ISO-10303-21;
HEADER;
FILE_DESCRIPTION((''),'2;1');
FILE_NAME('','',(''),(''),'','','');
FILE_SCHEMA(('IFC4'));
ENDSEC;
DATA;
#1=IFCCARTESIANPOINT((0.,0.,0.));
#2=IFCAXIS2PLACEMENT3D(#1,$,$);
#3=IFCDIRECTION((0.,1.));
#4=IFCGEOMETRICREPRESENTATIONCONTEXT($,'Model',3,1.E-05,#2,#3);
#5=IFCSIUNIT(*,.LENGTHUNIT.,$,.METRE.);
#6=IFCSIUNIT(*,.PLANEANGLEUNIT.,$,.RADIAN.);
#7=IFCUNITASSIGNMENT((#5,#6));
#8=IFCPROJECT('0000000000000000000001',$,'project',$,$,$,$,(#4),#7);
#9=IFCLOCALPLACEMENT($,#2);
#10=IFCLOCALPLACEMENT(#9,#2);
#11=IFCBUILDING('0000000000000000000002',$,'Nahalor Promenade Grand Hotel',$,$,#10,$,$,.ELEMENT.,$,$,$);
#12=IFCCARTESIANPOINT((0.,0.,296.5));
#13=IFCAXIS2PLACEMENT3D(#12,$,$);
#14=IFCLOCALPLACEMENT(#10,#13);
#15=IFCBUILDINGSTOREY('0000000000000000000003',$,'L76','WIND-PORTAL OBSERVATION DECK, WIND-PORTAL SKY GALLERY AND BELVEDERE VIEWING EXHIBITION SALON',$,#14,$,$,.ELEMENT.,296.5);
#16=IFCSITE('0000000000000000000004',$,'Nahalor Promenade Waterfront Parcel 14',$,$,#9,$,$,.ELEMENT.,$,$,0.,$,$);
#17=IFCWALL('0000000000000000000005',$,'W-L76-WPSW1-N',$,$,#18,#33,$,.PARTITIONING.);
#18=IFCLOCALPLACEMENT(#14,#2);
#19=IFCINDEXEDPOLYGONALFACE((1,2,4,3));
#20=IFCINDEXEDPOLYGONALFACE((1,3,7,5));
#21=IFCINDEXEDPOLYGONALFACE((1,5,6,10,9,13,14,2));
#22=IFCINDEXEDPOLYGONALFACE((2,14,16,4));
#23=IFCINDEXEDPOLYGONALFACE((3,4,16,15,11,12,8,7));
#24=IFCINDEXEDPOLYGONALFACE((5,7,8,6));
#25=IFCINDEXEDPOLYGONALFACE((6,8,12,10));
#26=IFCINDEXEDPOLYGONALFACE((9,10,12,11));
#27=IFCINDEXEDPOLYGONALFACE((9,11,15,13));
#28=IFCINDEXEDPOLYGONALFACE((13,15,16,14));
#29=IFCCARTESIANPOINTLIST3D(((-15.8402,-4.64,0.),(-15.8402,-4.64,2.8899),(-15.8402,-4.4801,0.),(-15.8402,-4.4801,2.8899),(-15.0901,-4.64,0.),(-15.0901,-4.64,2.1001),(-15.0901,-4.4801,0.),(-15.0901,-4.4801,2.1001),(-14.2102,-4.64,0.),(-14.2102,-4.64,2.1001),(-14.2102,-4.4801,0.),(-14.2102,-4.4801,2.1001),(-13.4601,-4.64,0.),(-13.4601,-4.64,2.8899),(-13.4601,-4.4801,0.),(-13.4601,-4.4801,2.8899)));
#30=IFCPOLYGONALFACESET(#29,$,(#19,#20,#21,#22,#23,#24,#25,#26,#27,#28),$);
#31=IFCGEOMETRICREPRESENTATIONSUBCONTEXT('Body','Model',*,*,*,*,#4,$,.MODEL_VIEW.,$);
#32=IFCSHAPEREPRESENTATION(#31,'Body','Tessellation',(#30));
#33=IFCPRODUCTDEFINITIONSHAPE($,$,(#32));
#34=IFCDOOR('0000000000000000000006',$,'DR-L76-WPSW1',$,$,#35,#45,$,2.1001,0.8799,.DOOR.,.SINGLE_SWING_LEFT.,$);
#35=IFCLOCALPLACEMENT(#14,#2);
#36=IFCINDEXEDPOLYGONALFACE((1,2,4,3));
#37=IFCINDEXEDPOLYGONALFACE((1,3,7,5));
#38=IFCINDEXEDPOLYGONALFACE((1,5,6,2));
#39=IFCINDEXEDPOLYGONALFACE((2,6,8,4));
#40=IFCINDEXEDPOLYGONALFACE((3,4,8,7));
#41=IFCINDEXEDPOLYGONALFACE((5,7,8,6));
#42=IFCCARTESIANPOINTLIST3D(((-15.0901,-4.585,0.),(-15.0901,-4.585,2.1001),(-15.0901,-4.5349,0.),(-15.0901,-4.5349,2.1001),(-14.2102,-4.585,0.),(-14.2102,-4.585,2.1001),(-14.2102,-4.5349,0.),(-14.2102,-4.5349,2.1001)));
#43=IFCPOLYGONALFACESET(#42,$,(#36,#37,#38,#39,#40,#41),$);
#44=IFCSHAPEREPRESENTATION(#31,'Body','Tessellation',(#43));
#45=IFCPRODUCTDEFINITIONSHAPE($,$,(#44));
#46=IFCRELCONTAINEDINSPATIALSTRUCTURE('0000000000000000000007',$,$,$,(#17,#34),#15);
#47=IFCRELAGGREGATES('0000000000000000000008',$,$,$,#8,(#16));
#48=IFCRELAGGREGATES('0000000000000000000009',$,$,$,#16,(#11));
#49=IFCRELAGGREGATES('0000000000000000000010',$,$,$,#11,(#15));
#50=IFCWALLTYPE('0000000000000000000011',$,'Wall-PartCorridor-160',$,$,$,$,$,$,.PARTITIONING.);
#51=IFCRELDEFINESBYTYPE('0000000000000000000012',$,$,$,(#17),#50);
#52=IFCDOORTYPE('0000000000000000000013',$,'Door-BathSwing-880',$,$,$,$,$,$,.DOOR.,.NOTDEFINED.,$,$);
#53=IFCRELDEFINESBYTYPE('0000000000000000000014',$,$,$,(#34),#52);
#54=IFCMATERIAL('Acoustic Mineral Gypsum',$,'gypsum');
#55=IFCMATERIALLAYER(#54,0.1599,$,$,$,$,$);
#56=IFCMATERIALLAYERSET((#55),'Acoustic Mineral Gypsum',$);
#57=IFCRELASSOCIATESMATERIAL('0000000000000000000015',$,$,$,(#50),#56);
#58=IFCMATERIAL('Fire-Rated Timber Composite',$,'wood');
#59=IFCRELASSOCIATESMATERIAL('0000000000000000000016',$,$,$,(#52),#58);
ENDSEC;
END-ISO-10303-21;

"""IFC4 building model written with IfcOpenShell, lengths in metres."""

from ifc_helpers import new_model, si_unit, direction, frame, frame_2d, origin, place, context, subcontext, project, spatial, rectangle, extrude, source, transform, mapped, material, layer, layer_set, type_object, element, fill, save


model = new_model("IFC4")

# Units and contexts
model_context = context("Model", 3, precision=1e-05, world=origin(), true_north=direction((0.0, 1.0)))
body_context = subcontext(model_context, "Body", "Model", "MODEL_VIEW")
ifc_project = project(units=[si_unit("LENGTHUNIT", "METRE"), si_unit("PLANEANGLEUNIT", "RADIAN")], contexts=[model_context])

# Site, building, storey
site_placement = place(None, origin())
site = spatial("IfcSite", under=ifc_project, at=site_placement, Name="Nahalor Promenade Waterfront Parcel 14", CompositionType="ELEMENT", RefElevation=0.0)
building_placement = place(site_placement, origin())
building = spatial("IfcBuilding", under=site, at=building_placement, Name="Nahalor Promenade Grand Hotel", CompositionType="ELEMENT")
storey_placement = place(building_placement, frame((0.0, 0.0, 296.5)))
storey = spatial("IfcBuildingStorey", under=building, at=storey_placement, Name="L76", Description="WIND-PORTAL OBSERVATION DECK, WIND-PORTAL SKY GALLERY AND BELVEDERE VIEWING EXHIBITION SALON", CompositionType="ELEMENT", Elevation=296.5)

# Wall, opening, door
ifc_material_1 = material(Name="Acoustic Mineral Gypsum", Category="gypsum")
ifc_layer_1 = layer(ifc_material_1, 0.1599)
ifc_layer_set_1 = layer_set([ifc_layer_1], Name="Acoustic Mineral Gypsum")
wall_type_1 = type_object("IfcWallType", Name="Wall-PartCorridor-160", PredefinedType="PARTITIONING", material=ifc_layer_set_1)
ifc_material_2 = material(Name="Fire-Rated Timber Composite", Category="wood")
shared_shape_1 = source(origin(), body_context, "Body", "SweptSolid", [
    extrude(rectangle(XDim=2.3801, YDim=0.1599, at=frame_2d((1.1899, 0.0))), origin(), (0.0, 0.0, 1.0), 2.8899),
])
wall_1_placement = place(storey_placement, frame((-15.8401, -4.5601, 0.0), z_axis=(0.0, 0.0, 1.0), x_axis=(1.0, 0.0, 0.0)))
wall_1 = element("IfcWall", 1, at=wall_1_placement, inside=storey, type_object=wall_type_1, Name="W-L76-WPSW1-N", PredefinedType="PARTITIONING", context=body_context, shape_type="MappedRepresentation", body=[
    mapped(shared_shape_1, transform((0.0, 0.0, 0.0), scale=1.0)),
])
opening_1_placement = place(wall_1_placement, frame((0.75, 0.0, 0.0)))
opening_1 = element("IfcOpeningElement", 2, at=opening_1_placement, cuts=wall_1, PredefinedType="OPENING", context=body_context, shape_type="SweptSolid", body=[
    extrude(rectangle(XDim=0.8799, YDim=2.1001, at=frame_2d((0.4399, 1.05))), frame((0.0, 0.0898, 0.0), z_axis=(0.0, -1.0, 0.0), x_axis=(1.0, 0.0, 0.0)), (0.0, 0.0, 1.0), 0.1799),
])
door_type_1 = type_object("IfcDoorType", Name="Door-BathSwing-880", OperationType="NOTDEFINED", PredefinedType="DOOR", material=ifc_material_2)
shared_shape_2 = source(origin(), body_context, "Body", "SweptSolid", [
    extrude(rectangle(XDim=0.8799, YDim=2.1001, at=frame_2d((0.4399, 1.05))), frame((0.0, 0.0249, 0.0), z_axis=(0.0, -1.0, 0.0), x_axis=(1.0, 0.0, 0.0)), (0.0, 0.0, 1.0), 0.05),
])
door_1_placement = place(opening_1_placement, frame((0.8799, 0.0, 0.0), z_axis=(0.0, 0.0, 1.0), x_axis=(-1.0, 0.0, 0.0)))
door_1 = element("IfcDoor", 3, at=door_1_placement, inside=storey, type_object=door_type_1, Name="DR-L76-WPSW1", OperationType="SINGLE_SWING_LEFT", OverallHeight=2.1001, OverallWidth=0.8799, PredefinedType="DOOR", context=body_context, shape_type="MappedRepresentation", body=[
    mapped(shared_shape_2, transform((0.0, 0.0, 0.0), scale=1.0)),
])
fill(opening_1, door_1)

save(model, "model.ifc")
